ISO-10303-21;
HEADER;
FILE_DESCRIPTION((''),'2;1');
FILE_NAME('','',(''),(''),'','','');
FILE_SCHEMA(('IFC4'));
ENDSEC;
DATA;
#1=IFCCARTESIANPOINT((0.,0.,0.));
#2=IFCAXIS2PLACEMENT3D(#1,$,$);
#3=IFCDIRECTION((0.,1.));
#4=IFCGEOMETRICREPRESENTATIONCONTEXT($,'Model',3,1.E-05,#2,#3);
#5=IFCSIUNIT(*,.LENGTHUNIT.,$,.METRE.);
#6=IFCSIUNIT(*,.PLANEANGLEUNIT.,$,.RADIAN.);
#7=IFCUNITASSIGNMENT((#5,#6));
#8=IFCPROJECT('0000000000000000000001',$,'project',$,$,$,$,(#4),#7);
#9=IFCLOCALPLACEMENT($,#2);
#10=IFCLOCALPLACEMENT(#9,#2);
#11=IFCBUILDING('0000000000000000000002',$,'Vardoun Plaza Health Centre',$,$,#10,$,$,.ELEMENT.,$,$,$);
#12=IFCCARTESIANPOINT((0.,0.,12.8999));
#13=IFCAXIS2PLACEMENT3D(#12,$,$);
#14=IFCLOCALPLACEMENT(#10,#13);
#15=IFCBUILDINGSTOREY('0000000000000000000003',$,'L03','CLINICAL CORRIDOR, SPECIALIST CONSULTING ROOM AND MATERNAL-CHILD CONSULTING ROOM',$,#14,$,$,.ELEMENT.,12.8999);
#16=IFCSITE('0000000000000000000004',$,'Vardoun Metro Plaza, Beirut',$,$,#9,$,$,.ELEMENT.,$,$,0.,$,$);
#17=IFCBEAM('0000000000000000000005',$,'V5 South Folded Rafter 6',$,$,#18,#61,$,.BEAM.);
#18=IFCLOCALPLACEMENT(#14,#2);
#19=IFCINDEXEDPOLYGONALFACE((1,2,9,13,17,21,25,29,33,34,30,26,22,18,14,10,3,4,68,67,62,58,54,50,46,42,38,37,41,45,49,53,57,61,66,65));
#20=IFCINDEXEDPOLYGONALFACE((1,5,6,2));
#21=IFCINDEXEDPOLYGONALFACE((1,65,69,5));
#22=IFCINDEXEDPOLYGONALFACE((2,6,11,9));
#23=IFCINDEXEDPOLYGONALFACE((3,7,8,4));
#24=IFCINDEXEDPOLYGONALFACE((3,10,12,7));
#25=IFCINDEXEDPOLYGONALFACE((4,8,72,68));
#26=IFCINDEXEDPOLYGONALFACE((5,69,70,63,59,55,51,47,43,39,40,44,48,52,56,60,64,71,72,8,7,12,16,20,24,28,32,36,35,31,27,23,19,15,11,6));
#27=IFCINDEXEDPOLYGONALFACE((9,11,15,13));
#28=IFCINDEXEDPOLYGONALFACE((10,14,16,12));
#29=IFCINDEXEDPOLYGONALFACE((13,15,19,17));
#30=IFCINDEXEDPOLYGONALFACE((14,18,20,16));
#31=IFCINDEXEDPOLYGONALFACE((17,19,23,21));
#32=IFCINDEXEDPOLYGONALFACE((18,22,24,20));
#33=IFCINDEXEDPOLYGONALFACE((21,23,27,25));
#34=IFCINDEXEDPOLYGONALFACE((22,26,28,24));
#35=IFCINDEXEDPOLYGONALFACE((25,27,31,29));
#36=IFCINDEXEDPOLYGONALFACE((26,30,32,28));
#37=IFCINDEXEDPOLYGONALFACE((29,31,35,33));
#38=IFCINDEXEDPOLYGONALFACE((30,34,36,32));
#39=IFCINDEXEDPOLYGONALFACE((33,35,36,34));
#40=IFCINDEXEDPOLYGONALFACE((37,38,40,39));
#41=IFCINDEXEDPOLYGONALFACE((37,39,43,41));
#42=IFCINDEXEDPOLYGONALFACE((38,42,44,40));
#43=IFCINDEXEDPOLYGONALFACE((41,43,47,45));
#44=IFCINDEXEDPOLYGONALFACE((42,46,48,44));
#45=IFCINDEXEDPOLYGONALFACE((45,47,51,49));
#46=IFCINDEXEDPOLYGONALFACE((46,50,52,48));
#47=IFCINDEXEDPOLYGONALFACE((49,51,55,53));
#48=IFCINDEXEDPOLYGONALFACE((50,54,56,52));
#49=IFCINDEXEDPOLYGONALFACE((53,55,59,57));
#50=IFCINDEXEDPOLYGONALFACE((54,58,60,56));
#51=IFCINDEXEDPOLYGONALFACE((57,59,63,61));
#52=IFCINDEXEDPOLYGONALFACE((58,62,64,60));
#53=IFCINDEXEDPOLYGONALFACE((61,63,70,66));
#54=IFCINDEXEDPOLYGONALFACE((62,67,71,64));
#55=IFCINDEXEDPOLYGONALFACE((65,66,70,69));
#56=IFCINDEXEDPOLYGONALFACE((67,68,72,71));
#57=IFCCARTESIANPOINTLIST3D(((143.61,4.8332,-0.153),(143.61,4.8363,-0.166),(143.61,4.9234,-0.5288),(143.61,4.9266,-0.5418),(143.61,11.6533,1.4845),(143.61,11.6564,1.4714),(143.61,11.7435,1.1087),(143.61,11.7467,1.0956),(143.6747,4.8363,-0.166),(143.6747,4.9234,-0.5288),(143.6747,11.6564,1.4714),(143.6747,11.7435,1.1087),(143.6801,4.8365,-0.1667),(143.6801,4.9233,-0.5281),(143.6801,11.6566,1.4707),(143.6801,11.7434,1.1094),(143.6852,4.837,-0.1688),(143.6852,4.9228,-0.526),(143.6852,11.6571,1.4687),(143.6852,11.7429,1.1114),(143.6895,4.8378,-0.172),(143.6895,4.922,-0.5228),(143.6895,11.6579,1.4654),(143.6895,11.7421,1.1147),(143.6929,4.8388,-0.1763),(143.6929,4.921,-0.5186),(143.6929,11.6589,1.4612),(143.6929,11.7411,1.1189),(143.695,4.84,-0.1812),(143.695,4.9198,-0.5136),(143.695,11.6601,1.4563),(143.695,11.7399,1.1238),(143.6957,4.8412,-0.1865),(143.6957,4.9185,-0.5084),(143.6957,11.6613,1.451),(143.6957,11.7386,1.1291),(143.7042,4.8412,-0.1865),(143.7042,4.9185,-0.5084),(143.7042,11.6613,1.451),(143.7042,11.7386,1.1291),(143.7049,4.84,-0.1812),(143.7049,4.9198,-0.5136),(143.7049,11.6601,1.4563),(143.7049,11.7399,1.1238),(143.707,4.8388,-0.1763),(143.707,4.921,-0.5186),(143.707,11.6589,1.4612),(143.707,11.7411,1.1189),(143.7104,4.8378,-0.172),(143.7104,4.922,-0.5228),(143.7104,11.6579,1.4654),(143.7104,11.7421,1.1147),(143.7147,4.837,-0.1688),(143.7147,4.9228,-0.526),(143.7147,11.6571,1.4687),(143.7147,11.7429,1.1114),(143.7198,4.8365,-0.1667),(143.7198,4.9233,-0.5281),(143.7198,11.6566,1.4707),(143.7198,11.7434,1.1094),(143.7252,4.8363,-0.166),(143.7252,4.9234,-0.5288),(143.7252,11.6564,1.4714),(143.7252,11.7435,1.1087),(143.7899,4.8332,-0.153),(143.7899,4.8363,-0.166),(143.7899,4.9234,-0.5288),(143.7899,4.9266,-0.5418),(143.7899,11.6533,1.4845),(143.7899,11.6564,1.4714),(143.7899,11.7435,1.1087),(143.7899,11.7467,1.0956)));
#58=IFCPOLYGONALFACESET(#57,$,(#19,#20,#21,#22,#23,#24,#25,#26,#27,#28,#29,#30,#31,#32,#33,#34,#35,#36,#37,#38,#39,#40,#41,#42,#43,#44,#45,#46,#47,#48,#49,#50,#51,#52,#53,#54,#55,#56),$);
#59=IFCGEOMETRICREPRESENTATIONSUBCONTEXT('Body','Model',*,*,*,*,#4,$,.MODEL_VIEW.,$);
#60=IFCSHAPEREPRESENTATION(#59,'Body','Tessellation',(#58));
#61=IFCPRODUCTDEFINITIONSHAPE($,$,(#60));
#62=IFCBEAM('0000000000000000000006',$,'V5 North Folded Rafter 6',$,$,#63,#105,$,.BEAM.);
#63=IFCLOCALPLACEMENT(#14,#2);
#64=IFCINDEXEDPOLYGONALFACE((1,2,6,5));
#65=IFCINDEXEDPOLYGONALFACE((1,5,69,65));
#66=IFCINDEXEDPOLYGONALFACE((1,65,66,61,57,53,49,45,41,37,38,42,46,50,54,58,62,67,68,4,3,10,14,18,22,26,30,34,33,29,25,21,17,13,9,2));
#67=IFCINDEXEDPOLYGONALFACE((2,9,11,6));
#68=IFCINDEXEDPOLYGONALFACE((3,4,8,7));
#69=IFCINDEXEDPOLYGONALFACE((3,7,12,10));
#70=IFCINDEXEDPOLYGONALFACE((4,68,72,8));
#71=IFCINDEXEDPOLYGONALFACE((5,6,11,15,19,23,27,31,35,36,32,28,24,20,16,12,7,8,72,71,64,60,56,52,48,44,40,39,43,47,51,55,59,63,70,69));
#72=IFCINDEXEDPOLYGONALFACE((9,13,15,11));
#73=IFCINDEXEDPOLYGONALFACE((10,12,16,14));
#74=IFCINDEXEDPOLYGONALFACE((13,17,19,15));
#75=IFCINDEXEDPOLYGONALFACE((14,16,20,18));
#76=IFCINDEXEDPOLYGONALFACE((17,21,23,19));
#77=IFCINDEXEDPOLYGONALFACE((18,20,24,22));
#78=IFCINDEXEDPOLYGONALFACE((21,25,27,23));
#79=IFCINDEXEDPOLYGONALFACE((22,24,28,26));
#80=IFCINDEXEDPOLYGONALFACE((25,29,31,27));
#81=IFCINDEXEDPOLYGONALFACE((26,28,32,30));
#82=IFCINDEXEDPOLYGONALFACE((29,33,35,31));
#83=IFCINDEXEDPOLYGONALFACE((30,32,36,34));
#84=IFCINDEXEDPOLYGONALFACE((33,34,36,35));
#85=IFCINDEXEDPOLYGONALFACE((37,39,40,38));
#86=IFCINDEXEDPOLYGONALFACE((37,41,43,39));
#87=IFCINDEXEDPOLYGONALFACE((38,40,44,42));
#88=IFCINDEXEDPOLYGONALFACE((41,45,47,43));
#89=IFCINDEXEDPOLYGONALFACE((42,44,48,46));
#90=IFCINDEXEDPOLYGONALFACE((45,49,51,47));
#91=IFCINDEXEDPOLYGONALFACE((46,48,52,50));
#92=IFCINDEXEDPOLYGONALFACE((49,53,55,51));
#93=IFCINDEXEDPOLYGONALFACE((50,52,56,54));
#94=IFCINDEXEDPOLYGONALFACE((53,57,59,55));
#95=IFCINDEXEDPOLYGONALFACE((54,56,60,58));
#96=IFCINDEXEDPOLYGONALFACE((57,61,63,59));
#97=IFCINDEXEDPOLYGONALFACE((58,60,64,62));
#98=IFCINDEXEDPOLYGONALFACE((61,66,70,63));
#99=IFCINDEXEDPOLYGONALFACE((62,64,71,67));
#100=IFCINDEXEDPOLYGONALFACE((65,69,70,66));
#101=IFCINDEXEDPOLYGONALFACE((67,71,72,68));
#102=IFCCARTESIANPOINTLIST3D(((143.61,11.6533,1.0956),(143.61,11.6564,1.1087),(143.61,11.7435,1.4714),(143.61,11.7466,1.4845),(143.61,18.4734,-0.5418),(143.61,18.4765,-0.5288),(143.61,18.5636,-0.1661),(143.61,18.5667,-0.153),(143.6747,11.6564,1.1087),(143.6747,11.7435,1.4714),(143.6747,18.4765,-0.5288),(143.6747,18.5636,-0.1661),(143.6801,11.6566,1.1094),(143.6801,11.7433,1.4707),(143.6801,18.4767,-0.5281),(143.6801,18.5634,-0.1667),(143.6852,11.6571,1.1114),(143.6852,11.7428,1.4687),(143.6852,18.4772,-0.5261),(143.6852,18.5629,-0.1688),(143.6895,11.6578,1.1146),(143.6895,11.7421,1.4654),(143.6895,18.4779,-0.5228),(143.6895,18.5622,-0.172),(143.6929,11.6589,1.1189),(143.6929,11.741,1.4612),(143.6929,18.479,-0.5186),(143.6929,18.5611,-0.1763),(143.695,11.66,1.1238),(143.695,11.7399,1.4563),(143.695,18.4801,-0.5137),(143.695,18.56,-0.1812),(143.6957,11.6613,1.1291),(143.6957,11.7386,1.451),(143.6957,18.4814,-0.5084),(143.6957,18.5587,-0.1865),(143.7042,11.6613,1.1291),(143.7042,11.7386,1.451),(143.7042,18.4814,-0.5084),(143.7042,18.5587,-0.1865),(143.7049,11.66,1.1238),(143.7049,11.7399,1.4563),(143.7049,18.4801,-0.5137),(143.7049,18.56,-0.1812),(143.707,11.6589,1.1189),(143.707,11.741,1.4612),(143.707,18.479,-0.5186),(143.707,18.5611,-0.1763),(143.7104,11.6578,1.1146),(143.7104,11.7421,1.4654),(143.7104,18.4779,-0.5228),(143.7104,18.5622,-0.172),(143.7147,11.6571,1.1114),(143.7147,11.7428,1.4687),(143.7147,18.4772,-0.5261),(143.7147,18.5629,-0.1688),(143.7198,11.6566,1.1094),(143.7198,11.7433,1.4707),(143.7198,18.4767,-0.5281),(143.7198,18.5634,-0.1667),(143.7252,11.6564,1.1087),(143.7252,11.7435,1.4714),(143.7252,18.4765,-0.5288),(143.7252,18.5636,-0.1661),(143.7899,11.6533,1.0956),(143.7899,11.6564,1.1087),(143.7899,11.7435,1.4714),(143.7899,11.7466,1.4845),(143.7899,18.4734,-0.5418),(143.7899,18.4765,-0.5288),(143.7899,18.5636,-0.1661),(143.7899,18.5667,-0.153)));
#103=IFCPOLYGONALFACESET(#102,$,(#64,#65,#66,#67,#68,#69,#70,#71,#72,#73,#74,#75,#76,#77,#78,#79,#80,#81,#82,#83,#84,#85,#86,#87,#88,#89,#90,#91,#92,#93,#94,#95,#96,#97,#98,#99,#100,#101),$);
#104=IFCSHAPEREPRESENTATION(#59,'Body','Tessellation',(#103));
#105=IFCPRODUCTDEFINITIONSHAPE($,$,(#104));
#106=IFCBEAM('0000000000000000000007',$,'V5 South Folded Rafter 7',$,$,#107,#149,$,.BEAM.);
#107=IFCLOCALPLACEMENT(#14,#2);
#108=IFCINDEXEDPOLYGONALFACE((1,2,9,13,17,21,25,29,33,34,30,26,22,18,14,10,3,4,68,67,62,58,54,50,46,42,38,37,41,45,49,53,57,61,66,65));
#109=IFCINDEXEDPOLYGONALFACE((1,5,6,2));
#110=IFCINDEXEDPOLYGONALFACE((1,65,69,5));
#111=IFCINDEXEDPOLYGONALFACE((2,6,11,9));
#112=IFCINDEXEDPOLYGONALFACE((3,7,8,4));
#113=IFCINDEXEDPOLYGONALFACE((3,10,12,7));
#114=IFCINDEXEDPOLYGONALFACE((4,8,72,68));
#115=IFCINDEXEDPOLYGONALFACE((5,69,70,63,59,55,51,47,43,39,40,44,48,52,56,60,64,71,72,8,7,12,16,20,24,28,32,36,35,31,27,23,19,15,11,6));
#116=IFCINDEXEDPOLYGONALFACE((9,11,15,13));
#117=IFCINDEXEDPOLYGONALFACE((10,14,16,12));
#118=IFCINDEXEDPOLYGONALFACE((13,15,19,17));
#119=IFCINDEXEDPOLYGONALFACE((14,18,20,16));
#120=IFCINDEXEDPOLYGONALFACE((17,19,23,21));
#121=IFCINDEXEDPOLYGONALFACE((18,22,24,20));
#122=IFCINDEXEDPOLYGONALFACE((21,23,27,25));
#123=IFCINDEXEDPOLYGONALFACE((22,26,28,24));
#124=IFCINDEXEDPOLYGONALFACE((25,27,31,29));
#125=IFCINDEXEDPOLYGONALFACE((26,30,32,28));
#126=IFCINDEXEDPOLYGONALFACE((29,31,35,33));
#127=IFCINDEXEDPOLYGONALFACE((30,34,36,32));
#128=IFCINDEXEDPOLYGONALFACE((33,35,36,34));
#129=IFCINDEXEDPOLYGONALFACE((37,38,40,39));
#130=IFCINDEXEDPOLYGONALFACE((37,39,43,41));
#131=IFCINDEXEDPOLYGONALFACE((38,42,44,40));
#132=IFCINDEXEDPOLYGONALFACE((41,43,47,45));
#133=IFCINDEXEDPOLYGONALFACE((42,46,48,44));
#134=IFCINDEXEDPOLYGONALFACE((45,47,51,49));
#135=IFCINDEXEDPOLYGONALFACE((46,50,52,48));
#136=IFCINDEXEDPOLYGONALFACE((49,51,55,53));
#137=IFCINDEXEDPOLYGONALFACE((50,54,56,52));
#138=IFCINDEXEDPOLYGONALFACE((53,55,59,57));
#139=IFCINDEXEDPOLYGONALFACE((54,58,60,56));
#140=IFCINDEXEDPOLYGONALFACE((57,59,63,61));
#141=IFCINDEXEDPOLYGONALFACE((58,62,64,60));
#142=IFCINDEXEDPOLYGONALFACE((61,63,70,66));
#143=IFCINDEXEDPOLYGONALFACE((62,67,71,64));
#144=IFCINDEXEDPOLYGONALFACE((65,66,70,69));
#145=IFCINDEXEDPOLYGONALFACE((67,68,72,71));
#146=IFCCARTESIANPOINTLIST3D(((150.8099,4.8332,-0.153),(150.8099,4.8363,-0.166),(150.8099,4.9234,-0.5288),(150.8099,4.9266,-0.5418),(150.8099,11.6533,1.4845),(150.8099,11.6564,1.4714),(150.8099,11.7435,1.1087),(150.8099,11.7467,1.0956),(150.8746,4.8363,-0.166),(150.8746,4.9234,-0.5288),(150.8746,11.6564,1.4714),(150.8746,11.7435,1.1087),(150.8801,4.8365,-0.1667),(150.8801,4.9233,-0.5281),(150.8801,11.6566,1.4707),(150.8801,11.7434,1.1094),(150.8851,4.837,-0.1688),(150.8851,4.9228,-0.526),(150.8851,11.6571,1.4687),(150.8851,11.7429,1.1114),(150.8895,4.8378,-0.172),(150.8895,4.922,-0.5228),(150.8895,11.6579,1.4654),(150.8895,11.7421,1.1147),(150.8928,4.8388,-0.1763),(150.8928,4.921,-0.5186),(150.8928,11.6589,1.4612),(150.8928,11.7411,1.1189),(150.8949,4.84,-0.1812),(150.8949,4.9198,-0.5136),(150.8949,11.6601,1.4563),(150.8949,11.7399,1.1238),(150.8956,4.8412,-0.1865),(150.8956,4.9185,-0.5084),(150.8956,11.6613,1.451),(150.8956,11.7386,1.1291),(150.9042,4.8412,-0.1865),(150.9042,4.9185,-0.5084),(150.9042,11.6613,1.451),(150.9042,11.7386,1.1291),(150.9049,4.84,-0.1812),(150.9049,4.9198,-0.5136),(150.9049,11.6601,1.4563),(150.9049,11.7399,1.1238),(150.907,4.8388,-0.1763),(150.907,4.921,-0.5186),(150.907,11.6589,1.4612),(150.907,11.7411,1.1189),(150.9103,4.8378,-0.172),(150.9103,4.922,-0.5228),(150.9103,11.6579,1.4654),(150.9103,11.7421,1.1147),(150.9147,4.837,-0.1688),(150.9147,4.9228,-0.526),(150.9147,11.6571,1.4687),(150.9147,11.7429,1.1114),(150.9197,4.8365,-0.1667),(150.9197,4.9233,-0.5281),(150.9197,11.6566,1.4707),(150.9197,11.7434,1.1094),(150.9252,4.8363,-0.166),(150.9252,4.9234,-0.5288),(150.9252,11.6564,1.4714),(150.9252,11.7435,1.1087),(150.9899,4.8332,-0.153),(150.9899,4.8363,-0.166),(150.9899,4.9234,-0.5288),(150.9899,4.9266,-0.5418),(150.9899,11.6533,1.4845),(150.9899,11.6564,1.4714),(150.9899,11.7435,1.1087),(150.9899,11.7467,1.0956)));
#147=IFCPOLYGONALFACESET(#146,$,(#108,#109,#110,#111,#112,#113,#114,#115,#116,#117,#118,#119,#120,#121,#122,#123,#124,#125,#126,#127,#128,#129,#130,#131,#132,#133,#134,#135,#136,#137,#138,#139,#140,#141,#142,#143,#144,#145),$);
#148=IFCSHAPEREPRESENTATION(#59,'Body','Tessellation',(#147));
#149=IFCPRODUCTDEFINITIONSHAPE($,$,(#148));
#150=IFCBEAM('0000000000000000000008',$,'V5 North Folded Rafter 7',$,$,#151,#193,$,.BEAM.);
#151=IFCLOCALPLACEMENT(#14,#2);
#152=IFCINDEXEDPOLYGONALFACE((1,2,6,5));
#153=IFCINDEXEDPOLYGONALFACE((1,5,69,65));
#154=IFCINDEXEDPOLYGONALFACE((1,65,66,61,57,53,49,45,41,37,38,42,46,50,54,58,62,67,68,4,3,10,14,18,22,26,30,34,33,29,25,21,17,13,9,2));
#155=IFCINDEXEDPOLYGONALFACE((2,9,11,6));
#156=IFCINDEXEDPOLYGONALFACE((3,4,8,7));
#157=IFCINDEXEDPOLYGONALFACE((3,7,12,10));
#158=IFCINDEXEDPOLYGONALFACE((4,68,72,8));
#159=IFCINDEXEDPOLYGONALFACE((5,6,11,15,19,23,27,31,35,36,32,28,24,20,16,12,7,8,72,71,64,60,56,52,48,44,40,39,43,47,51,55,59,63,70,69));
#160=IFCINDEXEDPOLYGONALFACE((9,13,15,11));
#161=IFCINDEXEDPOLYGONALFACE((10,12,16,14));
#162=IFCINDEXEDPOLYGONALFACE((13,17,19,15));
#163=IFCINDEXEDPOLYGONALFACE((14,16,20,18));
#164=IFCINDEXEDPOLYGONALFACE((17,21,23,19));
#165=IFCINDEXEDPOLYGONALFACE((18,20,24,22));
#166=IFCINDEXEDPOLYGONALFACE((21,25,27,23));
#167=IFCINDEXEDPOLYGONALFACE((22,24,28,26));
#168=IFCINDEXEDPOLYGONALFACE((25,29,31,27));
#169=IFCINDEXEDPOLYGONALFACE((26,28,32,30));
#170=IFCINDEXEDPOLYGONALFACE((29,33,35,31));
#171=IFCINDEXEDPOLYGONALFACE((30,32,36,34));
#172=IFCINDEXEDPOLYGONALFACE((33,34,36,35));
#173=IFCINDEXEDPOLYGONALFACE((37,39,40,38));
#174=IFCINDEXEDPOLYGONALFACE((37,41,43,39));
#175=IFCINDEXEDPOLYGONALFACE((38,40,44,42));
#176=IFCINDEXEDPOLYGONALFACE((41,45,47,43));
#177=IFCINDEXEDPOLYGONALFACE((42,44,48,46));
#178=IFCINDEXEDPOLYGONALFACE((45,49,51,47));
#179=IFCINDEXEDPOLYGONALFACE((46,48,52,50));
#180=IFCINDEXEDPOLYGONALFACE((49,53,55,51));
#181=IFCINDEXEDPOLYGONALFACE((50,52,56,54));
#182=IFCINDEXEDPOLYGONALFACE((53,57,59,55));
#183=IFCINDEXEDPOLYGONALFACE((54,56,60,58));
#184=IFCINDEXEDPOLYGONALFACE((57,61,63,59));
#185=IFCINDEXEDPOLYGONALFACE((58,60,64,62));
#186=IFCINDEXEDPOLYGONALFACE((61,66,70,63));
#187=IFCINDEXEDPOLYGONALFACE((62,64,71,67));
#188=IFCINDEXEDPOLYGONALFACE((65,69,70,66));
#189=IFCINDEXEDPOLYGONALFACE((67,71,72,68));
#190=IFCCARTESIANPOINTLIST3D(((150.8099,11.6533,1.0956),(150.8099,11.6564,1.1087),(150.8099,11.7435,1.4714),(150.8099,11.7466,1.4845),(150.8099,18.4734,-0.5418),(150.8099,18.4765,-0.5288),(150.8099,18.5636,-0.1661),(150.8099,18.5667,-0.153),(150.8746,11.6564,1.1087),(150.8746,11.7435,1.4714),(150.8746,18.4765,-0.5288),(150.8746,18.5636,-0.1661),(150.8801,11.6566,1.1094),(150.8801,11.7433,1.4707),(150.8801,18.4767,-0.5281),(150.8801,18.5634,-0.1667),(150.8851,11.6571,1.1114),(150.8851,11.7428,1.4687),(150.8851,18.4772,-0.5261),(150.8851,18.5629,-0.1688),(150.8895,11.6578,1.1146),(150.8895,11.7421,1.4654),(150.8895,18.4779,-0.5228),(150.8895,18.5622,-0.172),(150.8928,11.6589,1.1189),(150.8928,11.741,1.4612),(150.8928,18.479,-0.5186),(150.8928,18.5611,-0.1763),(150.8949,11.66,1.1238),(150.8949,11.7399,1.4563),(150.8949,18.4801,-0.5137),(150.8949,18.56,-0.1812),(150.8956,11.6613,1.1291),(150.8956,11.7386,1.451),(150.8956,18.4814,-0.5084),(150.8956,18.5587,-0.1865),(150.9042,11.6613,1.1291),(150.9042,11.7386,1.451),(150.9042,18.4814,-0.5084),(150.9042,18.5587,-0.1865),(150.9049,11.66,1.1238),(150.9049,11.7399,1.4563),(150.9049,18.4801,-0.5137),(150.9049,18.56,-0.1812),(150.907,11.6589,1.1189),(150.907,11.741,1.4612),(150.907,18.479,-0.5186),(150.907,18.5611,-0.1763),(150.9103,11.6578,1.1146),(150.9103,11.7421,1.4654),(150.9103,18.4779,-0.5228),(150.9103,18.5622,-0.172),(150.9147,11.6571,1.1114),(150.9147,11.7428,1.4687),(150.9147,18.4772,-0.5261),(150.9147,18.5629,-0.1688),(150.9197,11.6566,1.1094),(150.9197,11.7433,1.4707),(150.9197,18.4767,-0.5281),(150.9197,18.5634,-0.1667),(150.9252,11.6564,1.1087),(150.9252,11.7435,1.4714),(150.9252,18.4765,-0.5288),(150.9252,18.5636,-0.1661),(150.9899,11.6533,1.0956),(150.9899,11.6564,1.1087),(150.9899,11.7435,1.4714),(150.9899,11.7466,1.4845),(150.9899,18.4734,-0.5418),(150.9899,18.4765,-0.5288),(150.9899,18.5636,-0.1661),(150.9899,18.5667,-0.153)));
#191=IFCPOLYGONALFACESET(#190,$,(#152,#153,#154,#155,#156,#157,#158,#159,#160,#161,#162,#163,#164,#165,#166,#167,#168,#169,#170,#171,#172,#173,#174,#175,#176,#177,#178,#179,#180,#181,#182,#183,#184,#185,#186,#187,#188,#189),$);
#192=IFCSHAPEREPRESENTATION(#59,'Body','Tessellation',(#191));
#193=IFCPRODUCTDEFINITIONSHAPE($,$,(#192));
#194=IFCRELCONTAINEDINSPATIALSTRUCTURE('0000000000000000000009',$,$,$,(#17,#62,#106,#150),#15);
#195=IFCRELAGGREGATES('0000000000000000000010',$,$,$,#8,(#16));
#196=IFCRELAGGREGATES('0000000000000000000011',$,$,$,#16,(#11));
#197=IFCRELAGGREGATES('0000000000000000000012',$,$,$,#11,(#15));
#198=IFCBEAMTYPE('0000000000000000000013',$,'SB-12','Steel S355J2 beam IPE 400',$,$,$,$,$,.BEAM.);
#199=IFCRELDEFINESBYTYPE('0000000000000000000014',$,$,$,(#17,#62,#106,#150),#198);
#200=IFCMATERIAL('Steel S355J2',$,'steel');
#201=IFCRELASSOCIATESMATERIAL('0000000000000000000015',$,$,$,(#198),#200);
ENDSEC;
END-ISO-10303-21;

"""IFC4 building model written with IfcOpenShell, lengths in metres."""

from ifc_helpers import new_model, si_unit, direction, frame, origin, origin_2d, place, context, subcontext, project, spatial, i_section, extrude, material, material_profile, profile_set, type_object, element, save


model = new_model("IFC4")

# Units and contexts
model_context = context("Model", 3, precision=1e-05, world=origin(), true_north=direction((0.0, 1.0)))
body_context = subcontext(model_context, "Body", "Model", "MODEL_VIEW")
ifc_project = project(units=[si_unit("LENGTHUNIT", "METRE"), si_unit("PLANEANGLEUNIT", "RADIAN")], contexts=[model_context])

# Site, building, storey
site_placement = place(None, origin())
site = spatial("IfcSite", under=ifc_project, at=site_placement, Name="Vardoun Metro Plaza, Beirut", CompositionType="ELEMENT", RefElevation=0.0)
building_placement = place(site_placement, origin())
building = spatial("IfcBuilding", under=site, at=building_placement, Name="Vardoun Plaza Health Centre", CompositionType="ELEMENT")
storey_placement = place(building_placement, frame((0.0, 0.0, 12.8999)))
storey = spatial("IfcBuildingStorey", under=building, at=storey_placement, Name="L03", Description="CLINICAL CORRIDOR, SPECIALIST CONSULTING ROOM AND MATERNAL-CHILD CONSULTING ROOM", CompositionType="ELEMENT", Elevation=12.8999)

# Beams
ifc_material_1 = material(Name="Steel S355J2", Category="steel")
ifc_material_profile_1 = material_profile(ifc_material_1, i_section(OverallWidth=0.1799, OverallDepth=0.3999, WebThickness=0.0085, FlangeThickness=0.0134, FilletRadius=0.021, at=origin_2d()), Name="IPE 400")
ifc_profile_set_1 = profile_set([ifc_material_profile_1], Name="Steel S355J2")
beam_type_1 = type_object("IfcBeamType", Name="SB-12", Description="Steel S355J2 beam IPE 400", PredefinedType="BEAM", material=ifc_profile_set_1)
for number, where, z_axis, x_axis, name in (
    (1, (143.7, 4.8799, -0.3474), (0.0, 0.972367, 0.233459), (-1.0, 0.0, 0.0), "V5 South Folded Rafter 6"),
    (2, (143.7, 11.7, 1.29), (0.0, 0.972367, -0.233459), (-1.0, 0.0, 0.0), "V5 North Folded Rafter 6"),
    (3, (150.8999, 4.8799, -0.3474), (0.0, 0.972367, 0.233459), (-1.0, 0.0, 0.0), "V5 South Folded Rafter 7"),
    (4, (150.8999, 11.7, 1.29), (0.0, 0.972367, -0.233459), (-1.0, 0.0, 0.0), "V5 North Folded Rafter 7"),
):
    element("IfcBeam", number, at=place(storey_placement, frame(where, z_axis=z_axis, x_axis=x_axis)), inside=storey, type_object=beam_type_1, Name=name, PredefinedType="BEAM", context=body_context, shape_type="SweptSolid", body=[
        extrude(i_section(OverallWidth=0.1799, OverallDepth=0.3999, WebThickness=0.0085, FlangeThickness=0.0134, FilletRadius=0.021, at=origin_2d()), origin(), (0.0, 0.0, 1.0), 7.0139),
    ])

save(model, "model.ifc")
